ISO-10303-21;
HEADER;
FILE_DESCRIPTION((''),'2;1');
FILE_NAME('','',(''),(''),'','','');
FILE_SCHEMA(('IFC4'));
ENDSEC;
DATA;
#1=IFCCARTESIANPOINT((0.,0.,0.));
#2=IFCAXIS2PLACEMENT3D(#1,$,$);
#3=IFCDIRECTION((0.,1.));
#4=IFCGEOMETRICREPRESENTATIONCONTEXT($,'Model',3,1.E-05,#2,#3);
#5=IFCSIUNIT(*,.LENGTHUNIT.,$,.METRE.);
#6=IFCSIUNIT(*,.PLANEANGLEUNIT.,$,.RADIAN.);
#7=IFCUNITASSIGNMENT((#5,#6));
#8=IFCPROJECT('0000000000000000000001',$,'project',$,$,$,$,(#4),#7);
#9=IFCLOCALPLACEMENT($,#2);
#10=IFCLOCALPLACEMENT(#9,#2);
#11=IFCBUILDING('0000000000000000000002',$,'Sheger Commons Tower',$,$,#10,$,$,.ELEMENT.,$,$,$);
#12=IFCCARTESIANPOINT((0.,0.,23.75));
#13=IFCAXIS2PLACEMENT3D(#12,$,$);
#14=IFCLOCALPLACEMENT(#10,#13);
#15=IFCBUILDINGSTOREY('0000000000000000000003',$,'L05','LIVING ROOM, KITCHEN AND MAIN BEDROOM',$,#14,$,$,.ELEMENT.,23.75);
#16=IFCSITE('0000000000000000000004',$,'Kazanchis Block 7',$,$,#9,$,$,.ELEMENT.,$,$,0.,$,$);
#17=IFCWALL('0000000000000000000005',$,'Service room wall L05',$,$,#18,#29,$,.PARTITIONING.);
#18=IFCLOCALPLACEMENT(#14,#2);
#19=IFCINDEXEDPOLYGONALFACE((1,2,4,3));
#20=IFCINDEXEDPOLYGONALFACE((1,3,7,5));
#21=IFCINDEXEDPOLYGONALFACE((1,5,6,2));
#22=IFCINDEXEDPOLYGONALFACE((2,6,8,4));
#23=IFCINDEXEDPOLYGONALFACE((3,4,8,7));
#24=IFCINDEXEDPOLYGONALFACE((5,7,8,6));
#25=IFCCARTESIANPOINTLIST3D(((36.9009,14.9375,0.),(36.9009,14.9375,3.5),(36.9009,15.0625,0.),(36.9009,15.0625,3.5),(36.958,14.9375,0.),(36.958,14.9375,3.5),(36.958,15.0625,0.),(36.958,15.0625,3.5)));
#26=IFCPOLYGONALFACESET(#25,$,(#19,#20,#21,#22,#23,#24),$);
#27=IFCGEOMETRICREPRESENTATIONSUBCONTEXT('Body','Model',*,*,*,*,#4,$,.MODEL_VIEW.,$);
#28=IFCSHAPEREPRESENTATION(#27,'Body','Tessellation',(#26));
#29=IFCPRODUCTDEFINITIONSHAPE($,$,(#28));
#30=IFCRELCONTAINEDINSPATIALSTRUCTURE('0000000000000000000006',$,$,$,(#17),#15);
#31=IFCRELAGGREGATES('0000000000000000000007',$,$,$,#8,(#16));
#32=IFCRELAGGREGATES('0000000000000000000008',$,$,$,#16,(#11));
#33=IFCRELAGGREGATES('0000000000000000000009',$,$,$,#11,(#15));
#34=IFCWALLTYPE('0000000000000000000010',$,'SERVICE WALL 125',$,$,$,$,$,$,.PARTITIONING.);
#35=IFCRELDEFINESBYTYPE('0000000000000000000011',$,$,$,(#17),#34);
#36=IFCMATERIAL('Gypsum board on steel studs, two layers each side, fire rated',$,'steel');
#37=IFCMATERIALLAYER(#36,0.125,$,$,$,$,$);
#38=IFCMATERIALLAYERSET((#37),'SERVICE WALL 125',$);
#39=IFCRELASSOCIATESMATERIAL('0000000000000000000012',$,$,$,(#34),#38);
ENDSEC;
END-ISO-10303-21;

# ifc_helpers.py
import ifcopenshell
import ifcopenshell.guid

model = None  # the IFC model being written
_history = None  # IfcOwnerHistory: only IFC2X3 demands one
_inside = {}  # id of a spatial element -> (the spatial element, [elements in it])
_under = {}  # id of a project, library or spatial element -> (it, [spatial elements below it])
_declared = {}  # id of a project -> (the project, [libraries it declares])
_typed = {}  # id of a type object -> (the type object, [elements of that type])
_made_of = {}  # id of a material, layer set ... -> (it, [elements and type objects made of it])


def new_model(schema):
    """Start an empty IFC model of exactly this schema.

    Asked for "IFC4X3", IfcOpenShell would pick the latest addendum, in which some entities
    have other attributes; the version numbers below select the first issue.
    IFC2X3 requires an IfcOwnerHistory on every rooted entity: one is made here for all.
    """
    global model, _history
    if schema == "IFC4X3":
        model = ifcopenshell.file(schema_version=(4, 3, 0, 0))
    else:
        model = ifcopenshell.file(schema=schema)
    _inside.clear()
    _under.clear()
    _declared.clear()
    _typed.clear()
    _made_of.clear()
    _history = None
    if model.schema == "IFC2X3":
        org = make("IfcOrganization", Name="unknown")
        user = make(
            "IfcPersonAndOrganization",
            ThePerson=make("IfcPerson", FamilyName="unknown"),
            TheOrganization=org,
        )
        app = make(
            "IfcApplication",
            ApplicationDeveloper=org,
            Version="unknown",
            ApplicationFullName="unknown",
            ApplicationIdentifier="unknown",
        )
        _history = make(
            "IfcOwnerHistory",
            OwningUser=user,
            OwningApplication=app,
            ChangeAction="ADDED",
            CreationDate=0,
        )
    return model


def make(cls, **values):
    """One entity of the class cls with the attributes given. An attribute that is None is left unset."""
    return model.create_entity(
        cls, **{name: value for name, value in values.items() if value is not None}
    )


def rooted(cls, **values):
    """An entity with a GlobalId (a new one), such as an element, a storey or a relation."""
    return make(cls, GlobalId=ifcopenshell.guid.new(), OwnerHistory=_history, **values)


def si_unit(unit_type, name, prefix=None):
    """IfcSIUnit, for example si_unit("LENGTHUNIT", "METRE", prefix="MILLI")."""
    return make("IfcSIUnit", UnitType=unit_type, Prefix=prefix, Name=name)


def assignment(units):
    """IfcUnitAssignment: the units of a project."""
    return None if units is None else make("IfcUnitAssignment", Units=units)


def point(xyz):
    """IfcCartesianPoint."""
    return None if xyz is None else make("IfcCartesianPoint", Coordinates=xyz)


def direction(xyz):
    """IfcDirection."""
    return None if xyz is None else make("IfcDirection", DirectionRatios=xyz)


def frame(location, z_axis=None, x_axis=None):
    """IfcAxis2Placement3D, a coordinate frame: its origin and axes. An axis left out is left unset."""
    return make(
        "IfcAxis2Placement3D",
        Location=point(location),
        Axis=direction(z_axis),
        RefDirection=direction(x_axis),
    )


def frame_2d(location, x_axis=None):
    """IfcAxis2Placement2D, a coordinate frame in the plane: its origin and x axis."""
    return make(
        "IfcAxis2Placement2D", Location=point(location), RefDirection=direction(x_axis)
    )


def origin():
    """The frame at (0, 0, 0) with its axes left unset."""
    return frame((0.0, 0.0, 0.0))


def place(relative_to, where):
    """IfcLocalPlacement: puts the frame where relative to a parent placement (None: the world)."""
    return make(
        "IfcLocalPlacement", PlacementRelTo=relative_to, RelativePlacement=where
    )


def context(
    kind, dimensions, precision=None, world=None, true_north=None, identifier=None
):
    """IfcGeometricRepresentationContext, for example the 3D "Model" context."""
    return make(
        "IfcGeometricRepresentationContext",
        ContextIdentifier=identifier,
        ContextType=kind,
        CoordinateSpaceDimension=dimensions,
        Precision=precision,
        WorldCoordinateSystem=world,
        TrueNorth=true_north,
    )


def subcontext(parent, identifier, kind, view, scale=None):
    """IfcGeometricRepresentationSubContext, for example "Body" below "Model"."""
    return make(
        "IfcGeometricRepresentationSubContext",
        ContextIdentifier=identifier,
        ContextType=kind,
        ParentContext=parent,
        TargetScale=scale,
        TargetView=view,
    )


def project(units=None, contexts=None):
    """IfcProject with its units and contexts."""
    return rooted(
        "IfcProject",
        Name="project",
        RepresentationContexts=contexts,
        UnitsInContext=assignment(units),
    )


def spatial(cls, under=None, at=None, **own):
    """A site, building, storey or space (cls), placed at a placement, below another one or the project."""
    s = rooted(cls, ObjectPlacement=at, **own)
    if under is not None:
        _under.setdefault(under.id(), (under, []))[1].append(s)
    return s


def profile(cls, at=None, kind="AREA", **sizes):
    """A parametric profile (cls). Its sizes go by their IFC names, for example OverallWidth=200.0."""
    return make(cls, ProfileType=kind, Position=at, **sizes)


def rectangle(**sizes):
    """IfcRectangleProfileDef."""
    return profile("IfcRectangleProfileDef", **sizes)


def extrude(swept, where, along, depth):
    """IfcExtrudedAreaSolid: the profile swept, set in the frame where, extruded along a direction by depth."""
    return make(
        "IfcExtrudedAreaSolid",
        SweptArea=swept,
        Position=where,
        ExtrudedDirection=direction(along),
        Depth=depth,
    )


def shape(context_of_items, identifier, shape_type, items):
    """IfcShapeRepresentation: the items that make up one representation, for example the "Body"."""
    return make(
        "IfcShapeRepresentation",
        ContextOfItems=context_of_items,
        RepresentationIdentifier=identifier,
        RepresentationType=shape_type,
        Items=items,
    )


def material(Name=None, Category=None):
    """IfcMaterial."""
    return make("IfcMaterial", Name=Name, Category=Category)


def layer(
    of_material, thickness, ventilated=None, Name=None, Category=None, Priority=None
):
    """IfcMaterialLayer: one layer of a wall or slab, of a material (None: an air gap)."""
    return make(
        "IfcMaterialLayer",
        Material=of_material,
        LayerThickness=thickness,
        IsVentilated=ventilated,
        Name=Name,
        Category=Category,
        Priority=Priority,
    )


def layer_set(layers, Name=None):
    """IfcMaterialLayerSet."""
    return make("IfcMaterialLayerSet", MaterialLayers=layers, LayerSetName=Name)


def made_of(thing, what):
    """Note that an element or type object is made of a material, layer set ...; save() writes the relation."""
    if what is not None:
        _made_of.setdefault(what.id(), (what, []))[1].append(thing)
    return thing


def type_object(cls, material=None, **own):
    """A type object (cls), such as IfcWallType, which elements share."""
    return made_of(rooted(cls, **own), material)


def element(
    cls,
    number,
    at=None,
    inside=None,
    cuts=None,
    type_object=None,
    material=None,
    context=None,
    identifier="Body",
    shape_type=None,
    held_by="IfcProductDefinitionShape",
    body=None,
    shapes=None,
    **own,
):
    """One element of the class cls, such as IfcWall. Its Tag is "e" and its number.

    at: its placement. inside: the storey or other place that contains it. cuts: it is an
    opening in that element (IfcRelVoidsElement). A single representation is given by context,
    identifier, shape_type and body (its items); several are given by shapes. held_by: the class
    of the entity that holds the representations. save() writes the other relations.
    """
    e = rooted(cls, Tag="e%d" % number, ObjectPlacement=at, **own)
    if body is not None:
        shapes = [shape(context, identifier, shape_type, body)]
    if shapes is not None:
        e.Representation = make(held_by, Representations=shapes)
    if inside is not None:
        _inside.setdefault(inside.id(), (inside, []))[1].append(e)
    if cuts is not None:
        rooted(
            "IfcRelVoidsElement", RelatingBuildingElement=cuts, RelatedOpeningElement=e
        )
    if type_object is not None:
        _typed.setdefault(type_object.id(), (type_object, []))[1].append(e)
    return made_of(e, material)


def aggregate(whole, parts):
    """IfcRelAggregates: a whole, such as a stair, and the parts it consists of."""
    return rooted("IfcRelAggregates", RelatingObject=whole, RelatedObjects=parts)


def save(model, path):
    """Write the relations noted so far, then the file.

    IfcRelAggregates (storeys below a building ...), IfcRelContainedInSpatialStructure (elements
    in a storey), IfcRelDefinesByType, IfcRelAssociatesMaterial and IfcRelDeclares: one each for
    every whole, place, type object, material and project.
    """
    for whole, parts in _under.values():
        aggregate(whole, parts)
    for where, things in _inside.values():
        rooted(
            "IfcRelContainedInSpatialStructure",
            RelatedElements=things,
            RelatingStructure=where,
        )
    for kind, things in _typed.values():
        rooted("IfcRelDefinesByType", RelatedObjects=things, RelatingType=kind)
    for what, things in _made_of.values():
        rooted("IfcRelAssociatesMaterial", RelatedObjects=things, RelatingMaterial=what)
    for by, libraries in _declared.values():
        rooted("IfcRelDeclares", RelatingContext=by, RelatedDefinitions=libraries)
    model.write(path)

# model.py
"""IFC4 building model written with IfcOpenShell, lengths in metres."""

from ifc_helpers import new_model, si_unit, direction, frame, frame_2d, origin, place, context, subcontext, project, spatial, rectangle, extrude, material, layer, layer_set, type_object, element, save


model = new_model("IFC4")

# Units and contexts
model_context = context("Model", 3, precision=1e-05, world=origin(), true_north=direction((0.0, 1.0)))
body_context = subcontext(model_context, "Body", "Model", "MODEL_VIEW")
ifc_project = project(units=[si_unit("LENGTHUNIT", "METRE"), si_unit("PLANEANGLEUNIT", "RADIAN")], contexts=[model_context])

# Site, building, storey
site_placement = place(None, origin())
site = spatial("IfcSite", under=ifc_project, at=site_placement, Name="Kazanchis Block 7", CompositionType="ELEMENT", RefElevation=0.0)
building_placement = place(site_placement, origin())
building = spatial("IfcBuilding", under=site, at=building_placement, Name="Sheger Commons Tower", CompositionType="ELEMENT")
storey_placement = place(building_placement, frame((0.0, 0.0, 23.75)))
storey = spatial("IfcBuildingStorey", under=building, at=storey_placement, Name="L05", Description="LIVING ROOM, KITCHEN AND MAIN BEDROOM", CompositionType="ELEMENT", Elevation=23.75)

# Shared definitions
ifc_material_1 = material(Name="Gypsum board on steel studs, two layers each side, fire rated", Category="steel")
ifc_layer_1 = layer(ifc_material_1, 0.125)
ifc_layer_set_1 = layer_set([ifc_layer_1], Name="SERVICE WALL 125")
wall_type_1 = type_object("IfcWallType", Name="SERVICE WALL 125", PredefinedType="PARTITIONING", material=ifc_layer_set_1)

# Wall
wall_1_placement = place(storey_placement, frame((36.9009, 15.0, 0.0), z_axis=(0.0, 0.0, 1.0), x_axis=(1.0, 0.0, 0.0)))
element("IfcWall", 1, at=wall_1_placement, inside=storey, type_object=wall_type_1, Name="Service room wall L05", PredefinedType="PARTITIONING", context=body_context, shape_type="SweptSolid", body=[
    extrude(rectangle(XDim=0.0571, YDim=0.125, at=frame_2d((0.0286, 0.0))), origin(), (0.0, 0.0, 1.0), 3.5),
])

save(model, "model.ifc")
